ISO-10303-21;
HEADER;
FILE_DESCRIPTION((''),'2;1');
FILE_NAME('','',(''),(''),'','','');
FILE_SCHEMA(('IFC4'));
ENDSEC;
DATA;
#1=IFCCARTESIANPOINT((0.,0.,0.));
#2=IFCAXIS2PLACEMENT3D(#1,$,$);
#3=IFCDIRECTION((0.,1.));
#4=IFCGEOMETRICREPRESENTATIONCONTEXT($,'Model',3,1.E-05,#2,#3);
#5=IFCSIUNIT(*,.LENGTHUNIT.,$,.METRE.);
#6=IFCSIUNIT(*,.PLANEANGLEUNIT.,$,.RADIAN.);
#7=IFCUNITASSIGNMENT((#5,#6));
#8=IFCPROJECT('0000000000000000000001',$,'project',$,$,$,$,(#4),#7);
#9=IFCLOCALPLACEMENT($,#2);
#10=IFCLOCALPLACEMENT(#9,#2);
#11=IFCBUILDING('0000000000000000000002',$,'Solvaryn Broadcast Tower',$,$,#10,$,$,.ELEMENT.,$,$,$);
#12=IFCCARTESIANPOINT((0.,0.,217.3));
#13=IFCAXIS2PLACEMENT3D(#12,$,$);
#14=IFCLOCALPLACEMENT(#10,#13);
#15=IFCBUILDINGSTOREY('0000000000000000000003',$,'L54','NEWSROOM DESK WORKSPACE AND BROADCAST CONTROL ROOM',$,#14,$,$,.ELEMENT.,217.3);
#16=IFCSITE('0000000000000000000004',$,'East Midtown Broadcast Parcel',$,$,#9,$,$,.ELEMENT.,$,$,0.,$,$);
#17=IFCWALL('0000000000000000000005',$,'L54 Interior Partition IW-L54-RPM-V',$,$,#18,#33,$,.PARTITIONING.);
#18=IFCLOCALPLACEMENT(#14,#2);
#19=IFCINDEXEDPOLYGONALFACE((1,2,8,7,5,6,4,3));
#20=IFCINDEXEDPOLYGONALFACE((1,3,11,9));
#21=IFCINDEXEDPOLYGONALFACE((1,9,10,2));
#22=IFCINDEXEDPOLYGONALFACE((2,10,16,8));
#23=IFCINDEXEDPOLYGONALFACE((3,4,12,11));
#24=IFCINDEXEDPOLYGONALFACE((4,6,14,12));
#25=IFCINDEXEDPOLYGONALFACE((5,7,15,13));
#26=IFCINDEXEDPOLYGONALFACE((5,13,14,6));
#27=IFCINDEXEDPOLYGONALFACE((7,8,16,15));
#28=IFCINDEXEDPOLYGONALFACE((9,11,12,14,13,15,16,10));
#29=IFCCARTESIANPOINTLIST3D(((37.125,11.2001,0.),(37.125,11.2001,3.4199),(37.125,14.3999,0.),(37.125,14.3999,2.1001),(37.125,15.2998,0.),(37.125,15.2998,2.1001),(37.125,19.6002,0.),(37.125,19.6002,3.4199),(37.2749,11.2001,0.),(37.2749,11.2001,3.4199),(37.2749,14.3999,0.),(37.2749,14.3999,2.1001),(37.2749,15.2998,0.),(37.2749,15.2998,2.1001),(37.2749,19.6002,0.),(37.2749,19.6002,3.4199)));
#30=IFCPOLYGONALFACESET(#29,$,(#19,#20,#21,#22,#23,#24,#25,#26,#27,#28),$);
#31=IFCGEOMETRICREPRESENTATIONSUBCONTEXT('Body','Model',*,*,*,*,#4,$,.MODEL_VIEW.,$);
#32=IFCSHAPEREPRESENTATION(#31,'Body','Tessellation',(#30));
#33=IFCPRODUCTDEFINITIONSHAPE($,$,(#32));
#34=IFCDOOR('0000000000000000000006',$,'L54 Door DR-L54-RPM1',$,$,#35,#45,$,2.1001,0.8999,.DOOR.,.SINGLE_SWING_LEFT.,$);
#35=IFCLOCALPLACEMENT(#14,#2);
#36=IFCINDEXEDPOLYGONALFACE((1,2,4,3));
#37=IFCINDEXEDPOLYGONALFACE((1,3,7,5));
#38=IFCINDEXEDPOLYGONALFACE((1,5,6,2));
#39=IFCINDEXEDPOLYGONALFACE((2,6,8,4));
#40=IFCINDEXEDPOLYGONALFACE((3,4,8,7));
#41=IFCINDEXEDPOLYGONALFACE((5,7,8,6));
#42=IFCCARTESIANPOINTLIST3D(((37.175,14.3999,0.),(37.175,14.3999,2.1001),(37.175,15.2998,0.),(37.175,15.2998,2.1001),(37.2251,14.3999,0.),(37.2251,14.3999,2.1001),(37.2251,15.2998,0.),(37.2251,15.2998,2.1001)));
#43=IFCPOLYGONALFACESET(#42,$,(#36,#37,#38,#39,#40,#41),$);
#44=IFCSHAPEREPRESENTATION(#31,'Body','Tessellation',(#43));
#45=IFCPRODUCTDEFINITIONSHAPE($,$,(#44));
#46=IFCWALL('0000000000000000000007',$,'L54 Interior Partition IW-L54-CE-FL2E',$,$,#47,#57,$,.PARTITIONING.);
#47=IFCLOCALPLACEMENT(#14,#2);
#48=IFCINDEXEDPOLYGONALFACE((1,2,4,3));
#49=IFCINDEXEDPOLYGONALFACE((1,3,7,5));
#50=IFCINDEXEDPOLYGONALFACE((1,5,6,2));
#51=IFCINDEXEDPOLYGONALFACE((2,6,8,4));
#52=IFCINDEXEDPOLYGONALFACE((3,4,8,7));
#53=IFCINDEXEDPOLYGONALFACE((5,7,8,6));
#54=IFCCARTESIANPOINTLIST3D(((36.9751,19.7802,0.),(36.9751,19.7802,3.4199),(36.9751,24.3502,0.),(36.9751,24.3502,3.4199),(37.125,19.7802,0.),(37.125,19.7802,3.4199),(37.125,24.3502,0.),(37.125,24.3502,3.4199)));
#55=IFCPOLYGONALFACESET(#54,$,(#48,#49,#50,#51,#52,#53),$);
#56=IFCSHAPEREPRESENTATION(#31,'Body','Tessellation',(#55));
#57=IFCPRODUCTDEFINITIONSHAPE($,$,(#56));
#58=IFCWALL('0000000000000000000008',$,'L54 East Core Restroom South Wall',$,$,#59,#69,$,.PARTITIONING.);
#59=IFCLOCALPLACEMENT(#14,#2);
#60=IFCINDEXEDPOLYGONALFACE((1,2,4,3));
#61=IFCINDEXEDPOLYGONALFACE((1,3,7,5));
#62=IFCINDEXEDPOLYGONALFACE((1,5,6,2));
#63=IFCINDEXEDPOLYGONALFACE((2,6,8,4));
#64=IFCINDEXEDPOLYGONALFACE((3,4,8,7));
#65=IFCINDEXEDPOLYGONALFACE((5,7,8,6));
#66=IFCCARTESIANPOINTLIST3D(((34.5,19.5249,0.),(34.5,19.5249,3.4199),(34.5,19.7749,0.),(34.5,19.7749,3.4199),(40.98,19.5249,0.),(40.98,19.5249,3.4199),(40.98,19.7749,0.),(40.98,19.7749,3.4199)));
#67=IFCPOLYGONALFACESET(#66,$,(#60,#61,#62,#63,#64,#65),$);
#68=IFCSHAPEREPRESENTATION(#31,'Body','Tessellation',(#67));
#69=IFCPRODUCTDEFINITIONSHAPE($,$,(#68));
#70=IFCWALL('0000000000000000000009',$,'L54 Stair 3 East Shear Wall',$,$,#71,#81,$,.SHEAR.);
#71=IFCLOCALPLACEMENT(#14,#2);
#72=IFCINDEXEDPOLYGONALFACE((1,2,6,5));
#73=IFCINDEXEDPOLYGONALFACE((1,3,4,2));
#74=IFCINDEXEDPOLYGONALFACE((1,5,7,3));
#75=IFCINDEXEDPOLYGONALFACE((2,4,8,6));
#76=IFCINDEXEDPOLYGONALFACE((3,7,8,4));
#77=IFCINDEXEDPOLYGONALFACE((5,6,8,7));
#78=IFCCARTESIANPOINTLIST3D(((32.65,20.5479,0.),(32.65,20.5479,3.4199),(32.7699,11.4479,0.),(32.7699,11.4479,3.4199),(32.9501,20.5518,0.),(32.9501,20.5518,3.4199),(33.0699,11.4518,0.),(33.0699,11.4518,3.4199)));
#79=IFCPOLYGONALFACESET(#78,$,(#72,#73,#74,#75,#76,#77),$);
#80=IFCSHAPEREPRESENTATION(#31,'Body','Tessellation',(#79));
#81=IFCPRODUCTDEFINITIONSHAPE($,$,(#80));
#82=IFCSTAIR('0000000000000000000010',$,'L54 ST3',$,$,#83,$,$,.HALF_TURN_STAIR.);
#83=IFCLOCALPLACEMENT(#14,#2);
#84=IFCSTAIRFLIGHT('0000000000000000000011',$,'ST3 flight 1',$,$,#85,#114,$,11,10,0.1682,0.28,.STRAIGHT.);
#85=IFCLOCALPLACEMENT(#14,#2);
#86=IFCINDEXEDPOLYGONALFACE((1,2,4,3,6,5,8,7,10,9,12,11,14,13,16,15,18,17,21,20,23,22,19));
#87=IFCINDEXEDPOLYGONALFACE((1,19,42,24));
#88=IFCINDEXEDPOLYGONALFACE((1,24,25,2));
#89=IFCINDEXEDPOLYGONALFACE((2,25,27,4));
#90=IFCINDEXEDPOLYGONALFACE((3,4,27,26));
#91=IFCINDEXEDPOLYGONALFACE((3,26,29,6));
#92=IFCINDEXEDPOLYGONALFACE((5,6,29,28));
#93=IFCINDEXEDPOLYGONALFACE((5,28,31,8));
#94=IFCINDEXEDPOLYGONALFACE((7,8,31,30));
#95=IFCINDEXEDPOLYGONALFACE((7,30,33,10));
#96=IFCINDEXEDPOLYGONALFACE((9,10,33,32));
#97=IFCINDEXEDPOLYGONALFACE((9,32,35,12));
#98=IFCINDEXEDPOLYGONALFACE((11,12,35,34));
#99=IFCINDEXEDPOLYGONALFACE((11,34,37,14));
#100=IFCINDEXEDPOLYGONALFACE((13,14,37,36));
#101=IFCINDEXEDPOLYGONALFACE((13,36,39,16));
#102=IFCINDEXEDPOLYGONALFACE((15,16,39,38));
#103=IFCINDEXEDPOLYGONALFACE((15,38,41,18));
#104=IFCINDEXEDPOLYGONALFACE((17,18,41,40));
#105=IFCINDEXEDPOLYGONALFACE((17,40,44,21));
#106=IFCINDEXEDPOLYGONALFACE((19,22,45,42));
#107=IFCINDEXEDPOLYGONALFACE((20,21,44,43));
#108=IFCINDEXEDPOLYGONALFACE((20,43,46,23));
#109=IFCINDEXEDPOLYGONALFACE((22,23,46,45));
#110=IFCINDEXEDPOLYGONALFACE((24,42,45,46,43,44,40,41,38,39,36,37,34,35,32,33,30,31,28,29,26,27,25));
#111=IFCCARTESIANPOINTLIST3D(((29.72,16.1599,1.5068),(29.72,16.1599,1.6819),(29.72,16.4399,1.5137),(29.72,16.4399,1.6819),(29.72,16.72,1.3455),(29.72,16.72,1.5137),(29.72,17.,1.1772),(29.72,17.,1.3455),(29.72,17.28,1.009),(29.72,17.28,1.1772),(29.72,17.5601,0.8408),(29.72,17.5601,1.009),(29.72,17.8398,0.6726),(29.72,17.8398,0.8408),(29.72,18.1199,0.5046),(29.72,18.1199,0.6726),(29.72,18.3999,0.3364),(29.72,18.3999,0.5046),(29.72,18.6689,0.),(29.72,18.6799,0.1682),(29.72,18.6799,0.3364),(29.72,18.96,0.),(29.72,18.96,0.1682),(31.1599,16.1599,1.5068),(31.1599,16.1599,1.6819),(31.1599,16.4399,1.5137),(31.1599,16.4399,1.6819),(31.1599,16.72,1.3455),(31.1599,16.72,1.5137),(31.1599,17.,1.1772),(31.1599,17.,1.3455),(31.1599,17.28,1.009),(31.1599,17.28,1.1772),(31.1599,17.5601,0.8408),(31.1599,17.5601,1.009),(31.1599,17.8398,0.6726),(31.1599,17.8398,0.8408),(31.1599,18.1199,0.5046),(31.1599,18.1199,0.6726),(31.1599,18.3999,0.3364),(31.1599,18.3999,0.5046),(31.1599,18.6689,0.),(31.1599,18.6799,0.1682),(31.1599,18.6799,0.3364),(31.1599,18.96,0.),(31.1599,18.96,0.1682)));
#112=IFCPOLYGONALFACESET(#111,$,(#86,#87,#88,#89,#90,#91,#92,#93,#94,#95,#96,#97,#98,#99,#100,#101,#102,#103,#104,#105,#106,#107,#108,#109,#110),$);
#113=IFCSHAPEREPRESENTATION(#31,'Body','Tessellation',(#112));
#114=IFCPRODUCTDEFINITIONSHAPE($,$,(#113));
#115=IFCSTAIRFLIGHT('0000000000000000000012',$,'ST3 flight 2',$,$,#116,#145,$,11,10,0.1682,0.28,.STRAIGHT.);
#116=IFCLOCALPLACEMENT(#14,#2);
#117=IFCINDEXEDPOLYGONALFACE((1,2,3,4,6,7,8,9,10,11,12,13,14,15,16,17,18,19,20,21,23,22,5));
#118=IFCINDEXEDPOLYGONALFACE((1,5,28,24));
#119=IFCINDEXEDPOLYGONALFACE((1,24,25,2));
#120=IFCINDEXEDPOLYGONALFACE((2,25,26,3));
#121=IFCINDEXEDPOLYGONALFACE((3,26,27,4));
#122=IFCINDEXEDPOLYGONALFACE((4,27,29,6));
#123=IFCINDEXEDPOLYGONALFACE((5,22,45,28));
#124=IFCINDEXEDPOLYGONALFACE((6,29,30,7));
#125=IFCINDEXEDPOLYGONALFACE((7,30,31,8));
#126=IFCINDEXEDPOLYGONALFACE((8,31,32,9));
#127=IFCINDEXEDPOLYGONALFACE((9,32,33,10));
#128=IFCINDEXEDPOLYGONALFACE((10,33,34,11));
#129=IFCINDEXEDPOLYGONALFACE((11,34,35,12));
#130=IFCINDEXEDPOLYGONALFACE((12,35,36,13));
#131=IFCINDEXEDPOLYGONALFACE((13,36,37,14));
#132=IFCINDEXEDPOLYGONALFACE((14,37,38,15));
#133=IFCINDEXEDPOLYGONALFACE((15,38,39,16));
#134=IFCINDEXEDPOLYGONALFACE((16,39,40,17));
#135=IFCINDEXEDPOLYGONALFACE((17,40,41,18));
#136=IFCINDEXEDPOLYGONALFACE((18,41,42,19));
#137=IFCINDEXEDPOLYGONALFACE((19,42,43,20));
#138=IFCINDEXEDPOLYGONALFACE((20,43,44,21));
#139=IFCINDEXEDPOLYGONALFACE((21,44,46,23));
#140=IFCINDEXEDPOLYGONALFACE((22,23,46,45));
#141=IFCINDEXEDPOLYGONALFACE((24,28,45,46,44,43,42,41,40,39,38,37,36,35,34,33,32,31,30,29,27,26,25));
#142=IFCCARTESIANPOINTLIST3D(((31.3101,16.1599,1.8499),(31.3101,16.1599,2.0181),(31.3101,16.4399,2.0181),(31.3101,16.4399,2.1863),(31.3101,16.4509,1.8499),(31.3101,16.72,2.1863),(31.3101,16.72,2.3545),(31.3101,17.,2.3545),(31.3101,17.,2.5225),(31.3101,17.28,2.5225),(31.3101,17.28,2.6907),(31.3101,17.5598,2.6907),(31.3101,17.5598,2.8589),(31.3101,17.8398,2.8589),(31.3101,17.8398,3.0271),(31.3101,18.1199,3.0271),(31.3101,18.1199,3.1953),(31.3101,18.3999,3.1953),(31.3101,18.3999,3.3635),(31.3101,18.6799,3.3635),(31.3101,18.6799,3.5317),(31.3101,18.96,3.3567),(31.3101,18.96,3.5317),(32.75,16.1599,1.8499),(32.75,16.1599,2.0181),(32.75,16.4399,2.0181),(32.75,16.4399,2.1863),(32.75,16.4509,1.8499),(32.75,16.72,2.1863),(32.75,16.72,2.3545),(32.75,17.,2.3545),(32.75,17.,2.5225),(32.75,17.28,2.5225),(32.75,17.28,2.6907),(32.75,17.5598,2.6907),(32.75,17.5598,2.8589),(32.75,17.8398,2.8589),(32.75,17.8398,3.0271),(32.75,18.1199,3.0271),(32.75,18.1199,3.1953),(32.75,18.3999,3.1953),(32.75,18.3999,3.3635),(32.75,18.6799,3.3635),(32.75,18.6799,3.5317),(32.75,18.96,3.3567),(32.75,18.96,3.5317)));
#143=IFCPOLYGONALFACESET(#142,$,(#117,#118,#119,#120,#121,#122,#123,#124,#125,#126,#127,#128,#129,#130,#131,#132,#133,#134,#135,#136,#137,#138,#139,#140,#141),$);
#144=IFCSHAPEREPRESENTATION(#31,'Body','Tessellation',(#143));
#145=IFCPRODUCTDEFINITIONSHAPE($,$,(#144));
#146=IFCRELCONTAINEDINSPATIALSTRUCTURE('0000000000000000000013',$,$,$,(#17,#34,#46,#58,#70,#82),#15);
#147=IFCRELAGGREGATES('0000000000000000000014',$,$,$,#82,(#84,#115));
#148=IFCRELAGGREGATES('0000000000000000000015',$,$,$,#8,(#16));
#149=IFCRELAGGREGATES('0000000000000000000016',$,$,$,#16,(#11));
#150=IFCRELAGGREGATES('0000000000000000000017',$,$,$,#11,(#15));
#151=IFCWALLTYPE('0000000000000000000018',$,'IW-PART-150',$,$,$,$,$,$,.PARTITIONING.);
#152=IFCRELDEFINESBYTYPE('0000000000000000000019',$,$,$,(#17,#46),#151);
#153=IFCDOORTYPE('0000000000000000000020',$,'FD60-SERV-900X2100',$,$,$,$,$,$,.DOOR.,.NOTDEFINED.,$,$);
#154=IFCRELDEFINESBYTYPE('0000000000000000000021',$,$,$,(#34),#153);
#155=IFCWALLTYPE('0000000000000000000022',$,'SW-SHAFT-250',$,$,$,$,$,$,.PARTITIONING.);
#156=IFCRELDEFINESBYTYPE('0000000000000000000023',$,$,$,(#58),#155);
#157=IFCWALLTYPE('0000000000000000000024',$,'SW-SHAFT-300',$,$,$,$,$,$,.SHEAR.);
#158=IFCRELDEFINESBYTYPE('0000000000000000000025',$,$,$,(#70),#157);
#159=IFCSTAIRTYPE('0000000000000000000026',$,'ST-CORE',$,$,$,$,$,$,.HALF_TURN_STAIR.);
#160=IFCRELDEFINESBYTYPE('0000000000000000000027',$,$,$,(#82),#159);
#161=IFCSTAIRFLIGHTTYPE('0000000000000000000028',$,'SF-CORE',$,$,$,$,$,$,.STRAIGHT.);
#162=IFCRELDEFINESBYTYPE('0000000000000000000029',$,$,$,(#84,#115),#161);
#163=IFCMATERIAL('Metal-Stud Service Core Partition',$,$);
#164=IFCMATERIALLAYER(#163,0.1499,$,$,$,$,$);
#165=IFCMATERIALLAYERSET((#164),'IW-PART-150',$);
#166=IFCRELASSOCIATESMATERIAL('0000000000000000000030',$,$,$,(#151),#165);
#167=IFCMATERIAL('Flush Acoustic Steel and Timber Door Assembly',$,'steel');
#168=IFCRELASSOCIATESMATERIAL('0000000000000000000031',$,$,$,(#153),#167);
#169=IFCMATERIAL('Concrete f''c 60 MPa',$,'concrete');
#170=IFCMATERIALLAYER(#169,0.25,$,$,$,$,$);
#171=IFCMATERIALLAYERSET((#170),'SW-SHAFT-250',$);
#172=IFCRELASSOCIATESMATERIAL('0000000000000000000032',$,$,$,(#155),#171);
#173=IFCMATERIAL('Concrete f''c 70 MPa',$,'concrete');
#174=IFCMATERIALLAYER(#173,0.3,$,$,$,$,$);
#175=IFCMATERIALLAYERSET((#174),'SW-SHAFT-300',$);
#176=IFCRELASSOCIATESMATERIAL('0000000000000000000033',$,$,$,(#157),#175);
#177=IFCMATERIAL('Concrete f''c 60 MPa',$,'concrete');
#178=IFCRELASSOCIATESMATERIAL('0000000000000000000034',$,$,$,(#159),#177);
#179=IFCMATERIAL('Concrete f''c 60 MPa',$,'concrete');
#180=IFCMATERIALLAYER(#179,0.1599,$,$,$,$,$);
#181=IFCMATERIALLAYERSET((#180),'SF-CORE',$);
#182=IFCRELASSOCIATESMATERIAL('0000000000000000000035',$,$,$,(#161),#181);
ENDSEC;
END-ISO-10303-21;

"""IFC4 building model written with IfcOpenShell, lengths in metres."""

from ifc_helpers import new_model, si_unit, direction, frame, frame_2d, origin, place, context, subcontext, project, spatial, polyline, rectangle, outline, extrude, material, layer, layer_set, type_object, element, fill, aggregate, save


model = new_model("IFC4")

# Units and contexts
model_context = context("Model", 3, precision=1e-05, world=origin(), true_north=direction((0.0, 1.0)))
body_context = subcontext(model_context, "Body", "Model", "MODEL_VIEW")
ifc_project = project(units=[si_unit("LENGTHUNIT", "METRE"), si_unit("PLANEANGLEUNIT", "RADIAN")], contexts=[model_context])

# Site, building, storey
site_placement = place(None, origin())
site = spatial("IfcSite", under=ifc_project, at=site_placement, Name="East Midtown Broadcast Parcel", CompositionType="ELEMENT", RefElevation=0.0)
building_placement = place(site_placement, origin())
building = spatial("IfcBuilding", under=site, at=building_placement, Name="Solvaryn Broadcast Tower", CompositionType="ELEMENT")
storey_placement = place(building_placement, frame((0.0, 0.0, 217.3)))
storey = spatial("IfcBuildingStorey", under=building, at=storey_placement, Name="L54", Description="NEWSROOM DESK WORKSPACE AND BROADCAST CONTROL ROOM", CompositionType="ELEMENT", Elevation=217.3)

# Wall, opening, door
ifc_material_1 = material(Name="Metal-Stud Service Core Partition")
ifc_layer_1 = layer(ifc_material_1, 0.1499)
ifc_layer_set_1 = layer_set([ifc_layer_1], Name="IW-PART-150")
wall_type_1 = type_object("IfcWallType", Name="IW-PART-150", PredefinedType="PARTITIONING", material=ifc_layer_set_1)
wall_1_placement = place(storey_placement, frame((37.2, 11.2, 0.0), z_axis=(0.0, 0.0, 1.0), x_axis=(0.0, 1.0, 0.0)))
wall_1 = element("IfcWall", 1, at=wall_1_placement, inside=storey, type_object=wall_type_1, Name="L54 Interior Partition IW-L54-RPM-V", PredefinedType="PARTITIONING", context=body_context, shape_type="SweptSolid", body=[
    extrude(rectangle(XDim=8.4001, YDim=0.1499, at=frame_2d((4.2002, 0.0))), origin(), (0.0, 0.0, 1.0), 3.4199),
])
opening_1_placement = place(wall_1_placement, frame((3.2, 0.0, 0.0)))
opening_1 = element("IfcOpeningElement", 2, at=opening_1_placement, cuts=wall_1, PredefinedType="OPENING", context=body_context, shape_type="SweptSolid", body=[
    extrude(rectangle(XDim=0.8999, YDim=2.1001, at=frame_2d((0.45, 1.05))), frame((0.0, 0.085, 0.0), z_axis=(0.0, -1.0, 0.0), x_axis=(1.0, 0.0, 0.0)), (0.0, 0.0, 1.0), 0.1699),
])
ifc_material_2 = material(Name="Flush Acoustic Steel and Timber Door Assembly", Category="steel")
door_type_1 = type_object("IfcDoorType", Name="FD60-SERV-900X2100", OperationType="NOTDEFINED", PredefinedType="DOOR", material=ifc_material_2)
door_1_placement = place(opening_1_placement, origin())
door_1 = element("IfcDoor", 3, at=door_1_placement, inside=storey, type_object=door_type_1, Name="L54 Door DR-L54-RPM1", OperationType="SINGLE_SWING_LEFT", OverallHeight=2.1001, OverallWidth=0.8999, PredefinedType="DOOR", context=body_context, shape_type="SweptSolid", body=[
    extrude(rectangle(XDim=0.8999, YDim=2.1001, at=frame_2d((0.45, 1.05))), frame((0.0, 0.0249, 0.0), z_axis=(0.0, -1.0, 0.0), x_axis=(1.0, 0.0, 0.0)), (0.0, 0.0, 1.0), 0.05),
])
fill(opening_1, door_1)

# Walls
wall_2_placement = place(storey_placement, frame((37.05, 19.78, 0.0), z_axis=(0.0, 0.0, 1.0), x_axis=(0.0, 1.0, 0.0)))
element("IfcWall", 4, at=wall_2_placement, inside=storey, type_object=wall_type_1, Name="L54 Interior Partition IW-L54-CE-FL2E", PredefinedType="PARTITIONING", context=body_context, shape_type="SweptSolid", body=[
    extrude(rectangle(XDim=4.5701, YDim=0.1499, at=frame_2d((2.2852, 0.0))), origin(), (0.0, 0.0, 1.0), 3.4199),
])
ifc_material_3 = material(Name="Concrete f'c 60 MPa", Category="concrete")
ifc_layer_2 = layer(ifc_material_3, 0.25)
ifc_layer_set_2 = layer_set([ifc_layer_2], Name="SW-SHAFT-250")
wall_type_2 = type_object("IfcWallType", Name="SW-SHAFT-250", PredefinedType="PARTITIONING", material=ifc_layer_set_2)
wall_3_placement = place(storey_placement, frame((34.5, 19.6499, 0.0), z_axis=(0.0, 0.0, 1.0), x_axis=(1.0, 0.0, 0.0)))
element("IfcWall", 5, at=wall_3_placement, inside=storey, type_object=wall_type_2, Name="L54 East Core Restroom South Wall", PredefinedType="PARTITIONING", context=body_context, shape_type="SweptSolid", body=[
    extrude(rectangle(XDim=6.48, YDim=0.25, at=frame_2d((3.24, 0.0))), origin(), (0.0, 0.0, 1.0), 3.4199),
])
ifc_material_4 = material(Name="Concrete f'c 70 MPa", Category="concrete")
ifc_layer_3 = layer(ifc_material_4, 0.3)
ifc_layer_set_3 = layer_set([ifc_layer_3], Name="SW-SHAFT-300")
wall_type_3 = type_object("IfcWallType", Name="SW-SHAFT-300", PredefinedType="SHEAR", material=ifc_layer_set_3)
wall_4_placement = place(storey_placement, frame((32.9199, 11.45, 0.0), z_axis=(0.0, 0.0, 1.0), x_axis=(-0.013172, 0.999913, 0.0)))
element("IfcWall", 6, at=wall_4_placement, inside=storey, type_object=wall_type_3, Name="L54 Stair 3 East Shear Wall", PredefinedType="SHEAR", context=body_context, shape_type="SweptSolid", body=[
    extrude(rectangle(XDim=9.1008, YDim=0.3, at=frame_2d((4.5503, 0.0))), origin(), (0.0, 0.0, 1.0), 3.4199),
])

# Stair, stair flights
ifc_material_5 = material(Name="Concrete f'c 60 MPa", Category="concrete")
stair_type = type_object("IfcStairType", Name="ST-CORE", PredefinedType="HALF_TURN_STAIR", material=ifc_material_5)
stair_placement = place(storey_placement, origin())
stair = element("IfcStair", 7, at=stair_placement, inside=storey, type_object=stair_type, Name="L54 ST3", PredefinedType="HALF_TURN_STAIR")
ifc_material_6 = material(Name="Concrete f'c 60 MPa", Category="concrete")
ifc_layer_4 = layer(ifc_material_6, 0.1599)
ifc_layer_set_4 = layer_set([ifc_layer_4], Name="SF-CORE")
stair_flight_type = type_object("IfcStairFlightType", Name="SF-CORE", PredefinedType="STRAIGHT", material=ifc_layer_set_4)
stair_flight_1_placement = place(storey_placement, frame((30.4399, 18.96, 0.0), z_axis=(0.0, 0.0, 1.0), x_axis=(0.0, -1.0, 0.0)))
stair_flight_1 = element("IfcStairFlight", 8, at=stair_flight_1_placement, type_object=stair_flight_type, Name="ST3 flight 1", NumberOfRisers=11, NumberOfTreads=10, PredefinedType="STRAIGHT", RiserHeight=0.1682, TreadLength=0.28, context=body_context, shape_type="SweptSolid", body=[
    extrude(outline(polyline([(0.0, 0.0), (0.0, 0.1682), (0.28, 0.1682), (0.28, 0.3364), (0.5601, 0.3364), (0.5601, 0.5046), (0.8401, 0.5046), (0.8401, 0.6726), (1.1201, 0.6726), (1.1201, 0.8408), (1.3999, 0.8408), (1.3999, 1.009), (1.6799, 1.009), (1.6799, 1.1772), (1.96, 1.1772), (1.96, 1.3455), (2.24, 1.3455), (2.24, 1.5137), (2.52, 1.5137), (2.52, 1.6819), (2.8, 1.6819), (2.8, 1.8501), (2.8, 1.5068), (0.291, 0.0), (0.0, 0.0)])), frame((0.0, 0.72, 0.0), z_axis=(0.0, -1.0, 0.0), x_axis=(1.0, 0.0, 0.0)), (0.0, 0.0, 1.0), 1.4399),
])
stair_flight_2_placement = place(storey_placement, frame((32.03, 16.1599, 1.8499), z_axis=(0.0, 0.0, 1.0), x_axis=(0.0, 1.0, 0.0)))
stair_flight_2 = element("IfcStairFlight", 9, at=stair_flight_2_placement, type_object=stair_flight_type, Name="ST3 flight 2", NumberOfRisers=11, NumberOfTreads=10, PredefinedType="STRAIGHT", RiserHeight=0.1682, TreadLength=0.28, context=body_context, shape_type="SweptSolid", body=[
    extrude(outline(polyline([(0.0, 0.0), (0.0, 0.1682), (0.28, 0.1682), (0.28, 0.3364), (0.5601, 0.3364), (0.5601, 0.5046), (0.8401, 0.5046), (0.8401, 0.6726), (1.1201, 0.6726), (1.1201, 0.8408), (1.3999, 0.8408), (1.3999, 1.009), (1.6799, 1.009), (1.6799, 1.1772), (1.96, 1.1772), (1.96, 1.3455), (2.24, 1.3455), (2.24, 1.5137), (2.52, 1.5137), (2.52, 1.6819), (2.8, 1.6819), (2.8, 1.8501), (2.8, 1.5068), (0.291, 0.0), (0.0, 0.0)])), frame((0.0, 0.72, 0.0), z_axis=(0.0, -1.0, 0.0), x_axis=(1.0, 0.0, 0.0)), (0.0, 0.0, 1.0), 1.4399),
])
aggregate(stair, [stair_flight_1, stair_flight_2])

save(model, "model.ifc")
